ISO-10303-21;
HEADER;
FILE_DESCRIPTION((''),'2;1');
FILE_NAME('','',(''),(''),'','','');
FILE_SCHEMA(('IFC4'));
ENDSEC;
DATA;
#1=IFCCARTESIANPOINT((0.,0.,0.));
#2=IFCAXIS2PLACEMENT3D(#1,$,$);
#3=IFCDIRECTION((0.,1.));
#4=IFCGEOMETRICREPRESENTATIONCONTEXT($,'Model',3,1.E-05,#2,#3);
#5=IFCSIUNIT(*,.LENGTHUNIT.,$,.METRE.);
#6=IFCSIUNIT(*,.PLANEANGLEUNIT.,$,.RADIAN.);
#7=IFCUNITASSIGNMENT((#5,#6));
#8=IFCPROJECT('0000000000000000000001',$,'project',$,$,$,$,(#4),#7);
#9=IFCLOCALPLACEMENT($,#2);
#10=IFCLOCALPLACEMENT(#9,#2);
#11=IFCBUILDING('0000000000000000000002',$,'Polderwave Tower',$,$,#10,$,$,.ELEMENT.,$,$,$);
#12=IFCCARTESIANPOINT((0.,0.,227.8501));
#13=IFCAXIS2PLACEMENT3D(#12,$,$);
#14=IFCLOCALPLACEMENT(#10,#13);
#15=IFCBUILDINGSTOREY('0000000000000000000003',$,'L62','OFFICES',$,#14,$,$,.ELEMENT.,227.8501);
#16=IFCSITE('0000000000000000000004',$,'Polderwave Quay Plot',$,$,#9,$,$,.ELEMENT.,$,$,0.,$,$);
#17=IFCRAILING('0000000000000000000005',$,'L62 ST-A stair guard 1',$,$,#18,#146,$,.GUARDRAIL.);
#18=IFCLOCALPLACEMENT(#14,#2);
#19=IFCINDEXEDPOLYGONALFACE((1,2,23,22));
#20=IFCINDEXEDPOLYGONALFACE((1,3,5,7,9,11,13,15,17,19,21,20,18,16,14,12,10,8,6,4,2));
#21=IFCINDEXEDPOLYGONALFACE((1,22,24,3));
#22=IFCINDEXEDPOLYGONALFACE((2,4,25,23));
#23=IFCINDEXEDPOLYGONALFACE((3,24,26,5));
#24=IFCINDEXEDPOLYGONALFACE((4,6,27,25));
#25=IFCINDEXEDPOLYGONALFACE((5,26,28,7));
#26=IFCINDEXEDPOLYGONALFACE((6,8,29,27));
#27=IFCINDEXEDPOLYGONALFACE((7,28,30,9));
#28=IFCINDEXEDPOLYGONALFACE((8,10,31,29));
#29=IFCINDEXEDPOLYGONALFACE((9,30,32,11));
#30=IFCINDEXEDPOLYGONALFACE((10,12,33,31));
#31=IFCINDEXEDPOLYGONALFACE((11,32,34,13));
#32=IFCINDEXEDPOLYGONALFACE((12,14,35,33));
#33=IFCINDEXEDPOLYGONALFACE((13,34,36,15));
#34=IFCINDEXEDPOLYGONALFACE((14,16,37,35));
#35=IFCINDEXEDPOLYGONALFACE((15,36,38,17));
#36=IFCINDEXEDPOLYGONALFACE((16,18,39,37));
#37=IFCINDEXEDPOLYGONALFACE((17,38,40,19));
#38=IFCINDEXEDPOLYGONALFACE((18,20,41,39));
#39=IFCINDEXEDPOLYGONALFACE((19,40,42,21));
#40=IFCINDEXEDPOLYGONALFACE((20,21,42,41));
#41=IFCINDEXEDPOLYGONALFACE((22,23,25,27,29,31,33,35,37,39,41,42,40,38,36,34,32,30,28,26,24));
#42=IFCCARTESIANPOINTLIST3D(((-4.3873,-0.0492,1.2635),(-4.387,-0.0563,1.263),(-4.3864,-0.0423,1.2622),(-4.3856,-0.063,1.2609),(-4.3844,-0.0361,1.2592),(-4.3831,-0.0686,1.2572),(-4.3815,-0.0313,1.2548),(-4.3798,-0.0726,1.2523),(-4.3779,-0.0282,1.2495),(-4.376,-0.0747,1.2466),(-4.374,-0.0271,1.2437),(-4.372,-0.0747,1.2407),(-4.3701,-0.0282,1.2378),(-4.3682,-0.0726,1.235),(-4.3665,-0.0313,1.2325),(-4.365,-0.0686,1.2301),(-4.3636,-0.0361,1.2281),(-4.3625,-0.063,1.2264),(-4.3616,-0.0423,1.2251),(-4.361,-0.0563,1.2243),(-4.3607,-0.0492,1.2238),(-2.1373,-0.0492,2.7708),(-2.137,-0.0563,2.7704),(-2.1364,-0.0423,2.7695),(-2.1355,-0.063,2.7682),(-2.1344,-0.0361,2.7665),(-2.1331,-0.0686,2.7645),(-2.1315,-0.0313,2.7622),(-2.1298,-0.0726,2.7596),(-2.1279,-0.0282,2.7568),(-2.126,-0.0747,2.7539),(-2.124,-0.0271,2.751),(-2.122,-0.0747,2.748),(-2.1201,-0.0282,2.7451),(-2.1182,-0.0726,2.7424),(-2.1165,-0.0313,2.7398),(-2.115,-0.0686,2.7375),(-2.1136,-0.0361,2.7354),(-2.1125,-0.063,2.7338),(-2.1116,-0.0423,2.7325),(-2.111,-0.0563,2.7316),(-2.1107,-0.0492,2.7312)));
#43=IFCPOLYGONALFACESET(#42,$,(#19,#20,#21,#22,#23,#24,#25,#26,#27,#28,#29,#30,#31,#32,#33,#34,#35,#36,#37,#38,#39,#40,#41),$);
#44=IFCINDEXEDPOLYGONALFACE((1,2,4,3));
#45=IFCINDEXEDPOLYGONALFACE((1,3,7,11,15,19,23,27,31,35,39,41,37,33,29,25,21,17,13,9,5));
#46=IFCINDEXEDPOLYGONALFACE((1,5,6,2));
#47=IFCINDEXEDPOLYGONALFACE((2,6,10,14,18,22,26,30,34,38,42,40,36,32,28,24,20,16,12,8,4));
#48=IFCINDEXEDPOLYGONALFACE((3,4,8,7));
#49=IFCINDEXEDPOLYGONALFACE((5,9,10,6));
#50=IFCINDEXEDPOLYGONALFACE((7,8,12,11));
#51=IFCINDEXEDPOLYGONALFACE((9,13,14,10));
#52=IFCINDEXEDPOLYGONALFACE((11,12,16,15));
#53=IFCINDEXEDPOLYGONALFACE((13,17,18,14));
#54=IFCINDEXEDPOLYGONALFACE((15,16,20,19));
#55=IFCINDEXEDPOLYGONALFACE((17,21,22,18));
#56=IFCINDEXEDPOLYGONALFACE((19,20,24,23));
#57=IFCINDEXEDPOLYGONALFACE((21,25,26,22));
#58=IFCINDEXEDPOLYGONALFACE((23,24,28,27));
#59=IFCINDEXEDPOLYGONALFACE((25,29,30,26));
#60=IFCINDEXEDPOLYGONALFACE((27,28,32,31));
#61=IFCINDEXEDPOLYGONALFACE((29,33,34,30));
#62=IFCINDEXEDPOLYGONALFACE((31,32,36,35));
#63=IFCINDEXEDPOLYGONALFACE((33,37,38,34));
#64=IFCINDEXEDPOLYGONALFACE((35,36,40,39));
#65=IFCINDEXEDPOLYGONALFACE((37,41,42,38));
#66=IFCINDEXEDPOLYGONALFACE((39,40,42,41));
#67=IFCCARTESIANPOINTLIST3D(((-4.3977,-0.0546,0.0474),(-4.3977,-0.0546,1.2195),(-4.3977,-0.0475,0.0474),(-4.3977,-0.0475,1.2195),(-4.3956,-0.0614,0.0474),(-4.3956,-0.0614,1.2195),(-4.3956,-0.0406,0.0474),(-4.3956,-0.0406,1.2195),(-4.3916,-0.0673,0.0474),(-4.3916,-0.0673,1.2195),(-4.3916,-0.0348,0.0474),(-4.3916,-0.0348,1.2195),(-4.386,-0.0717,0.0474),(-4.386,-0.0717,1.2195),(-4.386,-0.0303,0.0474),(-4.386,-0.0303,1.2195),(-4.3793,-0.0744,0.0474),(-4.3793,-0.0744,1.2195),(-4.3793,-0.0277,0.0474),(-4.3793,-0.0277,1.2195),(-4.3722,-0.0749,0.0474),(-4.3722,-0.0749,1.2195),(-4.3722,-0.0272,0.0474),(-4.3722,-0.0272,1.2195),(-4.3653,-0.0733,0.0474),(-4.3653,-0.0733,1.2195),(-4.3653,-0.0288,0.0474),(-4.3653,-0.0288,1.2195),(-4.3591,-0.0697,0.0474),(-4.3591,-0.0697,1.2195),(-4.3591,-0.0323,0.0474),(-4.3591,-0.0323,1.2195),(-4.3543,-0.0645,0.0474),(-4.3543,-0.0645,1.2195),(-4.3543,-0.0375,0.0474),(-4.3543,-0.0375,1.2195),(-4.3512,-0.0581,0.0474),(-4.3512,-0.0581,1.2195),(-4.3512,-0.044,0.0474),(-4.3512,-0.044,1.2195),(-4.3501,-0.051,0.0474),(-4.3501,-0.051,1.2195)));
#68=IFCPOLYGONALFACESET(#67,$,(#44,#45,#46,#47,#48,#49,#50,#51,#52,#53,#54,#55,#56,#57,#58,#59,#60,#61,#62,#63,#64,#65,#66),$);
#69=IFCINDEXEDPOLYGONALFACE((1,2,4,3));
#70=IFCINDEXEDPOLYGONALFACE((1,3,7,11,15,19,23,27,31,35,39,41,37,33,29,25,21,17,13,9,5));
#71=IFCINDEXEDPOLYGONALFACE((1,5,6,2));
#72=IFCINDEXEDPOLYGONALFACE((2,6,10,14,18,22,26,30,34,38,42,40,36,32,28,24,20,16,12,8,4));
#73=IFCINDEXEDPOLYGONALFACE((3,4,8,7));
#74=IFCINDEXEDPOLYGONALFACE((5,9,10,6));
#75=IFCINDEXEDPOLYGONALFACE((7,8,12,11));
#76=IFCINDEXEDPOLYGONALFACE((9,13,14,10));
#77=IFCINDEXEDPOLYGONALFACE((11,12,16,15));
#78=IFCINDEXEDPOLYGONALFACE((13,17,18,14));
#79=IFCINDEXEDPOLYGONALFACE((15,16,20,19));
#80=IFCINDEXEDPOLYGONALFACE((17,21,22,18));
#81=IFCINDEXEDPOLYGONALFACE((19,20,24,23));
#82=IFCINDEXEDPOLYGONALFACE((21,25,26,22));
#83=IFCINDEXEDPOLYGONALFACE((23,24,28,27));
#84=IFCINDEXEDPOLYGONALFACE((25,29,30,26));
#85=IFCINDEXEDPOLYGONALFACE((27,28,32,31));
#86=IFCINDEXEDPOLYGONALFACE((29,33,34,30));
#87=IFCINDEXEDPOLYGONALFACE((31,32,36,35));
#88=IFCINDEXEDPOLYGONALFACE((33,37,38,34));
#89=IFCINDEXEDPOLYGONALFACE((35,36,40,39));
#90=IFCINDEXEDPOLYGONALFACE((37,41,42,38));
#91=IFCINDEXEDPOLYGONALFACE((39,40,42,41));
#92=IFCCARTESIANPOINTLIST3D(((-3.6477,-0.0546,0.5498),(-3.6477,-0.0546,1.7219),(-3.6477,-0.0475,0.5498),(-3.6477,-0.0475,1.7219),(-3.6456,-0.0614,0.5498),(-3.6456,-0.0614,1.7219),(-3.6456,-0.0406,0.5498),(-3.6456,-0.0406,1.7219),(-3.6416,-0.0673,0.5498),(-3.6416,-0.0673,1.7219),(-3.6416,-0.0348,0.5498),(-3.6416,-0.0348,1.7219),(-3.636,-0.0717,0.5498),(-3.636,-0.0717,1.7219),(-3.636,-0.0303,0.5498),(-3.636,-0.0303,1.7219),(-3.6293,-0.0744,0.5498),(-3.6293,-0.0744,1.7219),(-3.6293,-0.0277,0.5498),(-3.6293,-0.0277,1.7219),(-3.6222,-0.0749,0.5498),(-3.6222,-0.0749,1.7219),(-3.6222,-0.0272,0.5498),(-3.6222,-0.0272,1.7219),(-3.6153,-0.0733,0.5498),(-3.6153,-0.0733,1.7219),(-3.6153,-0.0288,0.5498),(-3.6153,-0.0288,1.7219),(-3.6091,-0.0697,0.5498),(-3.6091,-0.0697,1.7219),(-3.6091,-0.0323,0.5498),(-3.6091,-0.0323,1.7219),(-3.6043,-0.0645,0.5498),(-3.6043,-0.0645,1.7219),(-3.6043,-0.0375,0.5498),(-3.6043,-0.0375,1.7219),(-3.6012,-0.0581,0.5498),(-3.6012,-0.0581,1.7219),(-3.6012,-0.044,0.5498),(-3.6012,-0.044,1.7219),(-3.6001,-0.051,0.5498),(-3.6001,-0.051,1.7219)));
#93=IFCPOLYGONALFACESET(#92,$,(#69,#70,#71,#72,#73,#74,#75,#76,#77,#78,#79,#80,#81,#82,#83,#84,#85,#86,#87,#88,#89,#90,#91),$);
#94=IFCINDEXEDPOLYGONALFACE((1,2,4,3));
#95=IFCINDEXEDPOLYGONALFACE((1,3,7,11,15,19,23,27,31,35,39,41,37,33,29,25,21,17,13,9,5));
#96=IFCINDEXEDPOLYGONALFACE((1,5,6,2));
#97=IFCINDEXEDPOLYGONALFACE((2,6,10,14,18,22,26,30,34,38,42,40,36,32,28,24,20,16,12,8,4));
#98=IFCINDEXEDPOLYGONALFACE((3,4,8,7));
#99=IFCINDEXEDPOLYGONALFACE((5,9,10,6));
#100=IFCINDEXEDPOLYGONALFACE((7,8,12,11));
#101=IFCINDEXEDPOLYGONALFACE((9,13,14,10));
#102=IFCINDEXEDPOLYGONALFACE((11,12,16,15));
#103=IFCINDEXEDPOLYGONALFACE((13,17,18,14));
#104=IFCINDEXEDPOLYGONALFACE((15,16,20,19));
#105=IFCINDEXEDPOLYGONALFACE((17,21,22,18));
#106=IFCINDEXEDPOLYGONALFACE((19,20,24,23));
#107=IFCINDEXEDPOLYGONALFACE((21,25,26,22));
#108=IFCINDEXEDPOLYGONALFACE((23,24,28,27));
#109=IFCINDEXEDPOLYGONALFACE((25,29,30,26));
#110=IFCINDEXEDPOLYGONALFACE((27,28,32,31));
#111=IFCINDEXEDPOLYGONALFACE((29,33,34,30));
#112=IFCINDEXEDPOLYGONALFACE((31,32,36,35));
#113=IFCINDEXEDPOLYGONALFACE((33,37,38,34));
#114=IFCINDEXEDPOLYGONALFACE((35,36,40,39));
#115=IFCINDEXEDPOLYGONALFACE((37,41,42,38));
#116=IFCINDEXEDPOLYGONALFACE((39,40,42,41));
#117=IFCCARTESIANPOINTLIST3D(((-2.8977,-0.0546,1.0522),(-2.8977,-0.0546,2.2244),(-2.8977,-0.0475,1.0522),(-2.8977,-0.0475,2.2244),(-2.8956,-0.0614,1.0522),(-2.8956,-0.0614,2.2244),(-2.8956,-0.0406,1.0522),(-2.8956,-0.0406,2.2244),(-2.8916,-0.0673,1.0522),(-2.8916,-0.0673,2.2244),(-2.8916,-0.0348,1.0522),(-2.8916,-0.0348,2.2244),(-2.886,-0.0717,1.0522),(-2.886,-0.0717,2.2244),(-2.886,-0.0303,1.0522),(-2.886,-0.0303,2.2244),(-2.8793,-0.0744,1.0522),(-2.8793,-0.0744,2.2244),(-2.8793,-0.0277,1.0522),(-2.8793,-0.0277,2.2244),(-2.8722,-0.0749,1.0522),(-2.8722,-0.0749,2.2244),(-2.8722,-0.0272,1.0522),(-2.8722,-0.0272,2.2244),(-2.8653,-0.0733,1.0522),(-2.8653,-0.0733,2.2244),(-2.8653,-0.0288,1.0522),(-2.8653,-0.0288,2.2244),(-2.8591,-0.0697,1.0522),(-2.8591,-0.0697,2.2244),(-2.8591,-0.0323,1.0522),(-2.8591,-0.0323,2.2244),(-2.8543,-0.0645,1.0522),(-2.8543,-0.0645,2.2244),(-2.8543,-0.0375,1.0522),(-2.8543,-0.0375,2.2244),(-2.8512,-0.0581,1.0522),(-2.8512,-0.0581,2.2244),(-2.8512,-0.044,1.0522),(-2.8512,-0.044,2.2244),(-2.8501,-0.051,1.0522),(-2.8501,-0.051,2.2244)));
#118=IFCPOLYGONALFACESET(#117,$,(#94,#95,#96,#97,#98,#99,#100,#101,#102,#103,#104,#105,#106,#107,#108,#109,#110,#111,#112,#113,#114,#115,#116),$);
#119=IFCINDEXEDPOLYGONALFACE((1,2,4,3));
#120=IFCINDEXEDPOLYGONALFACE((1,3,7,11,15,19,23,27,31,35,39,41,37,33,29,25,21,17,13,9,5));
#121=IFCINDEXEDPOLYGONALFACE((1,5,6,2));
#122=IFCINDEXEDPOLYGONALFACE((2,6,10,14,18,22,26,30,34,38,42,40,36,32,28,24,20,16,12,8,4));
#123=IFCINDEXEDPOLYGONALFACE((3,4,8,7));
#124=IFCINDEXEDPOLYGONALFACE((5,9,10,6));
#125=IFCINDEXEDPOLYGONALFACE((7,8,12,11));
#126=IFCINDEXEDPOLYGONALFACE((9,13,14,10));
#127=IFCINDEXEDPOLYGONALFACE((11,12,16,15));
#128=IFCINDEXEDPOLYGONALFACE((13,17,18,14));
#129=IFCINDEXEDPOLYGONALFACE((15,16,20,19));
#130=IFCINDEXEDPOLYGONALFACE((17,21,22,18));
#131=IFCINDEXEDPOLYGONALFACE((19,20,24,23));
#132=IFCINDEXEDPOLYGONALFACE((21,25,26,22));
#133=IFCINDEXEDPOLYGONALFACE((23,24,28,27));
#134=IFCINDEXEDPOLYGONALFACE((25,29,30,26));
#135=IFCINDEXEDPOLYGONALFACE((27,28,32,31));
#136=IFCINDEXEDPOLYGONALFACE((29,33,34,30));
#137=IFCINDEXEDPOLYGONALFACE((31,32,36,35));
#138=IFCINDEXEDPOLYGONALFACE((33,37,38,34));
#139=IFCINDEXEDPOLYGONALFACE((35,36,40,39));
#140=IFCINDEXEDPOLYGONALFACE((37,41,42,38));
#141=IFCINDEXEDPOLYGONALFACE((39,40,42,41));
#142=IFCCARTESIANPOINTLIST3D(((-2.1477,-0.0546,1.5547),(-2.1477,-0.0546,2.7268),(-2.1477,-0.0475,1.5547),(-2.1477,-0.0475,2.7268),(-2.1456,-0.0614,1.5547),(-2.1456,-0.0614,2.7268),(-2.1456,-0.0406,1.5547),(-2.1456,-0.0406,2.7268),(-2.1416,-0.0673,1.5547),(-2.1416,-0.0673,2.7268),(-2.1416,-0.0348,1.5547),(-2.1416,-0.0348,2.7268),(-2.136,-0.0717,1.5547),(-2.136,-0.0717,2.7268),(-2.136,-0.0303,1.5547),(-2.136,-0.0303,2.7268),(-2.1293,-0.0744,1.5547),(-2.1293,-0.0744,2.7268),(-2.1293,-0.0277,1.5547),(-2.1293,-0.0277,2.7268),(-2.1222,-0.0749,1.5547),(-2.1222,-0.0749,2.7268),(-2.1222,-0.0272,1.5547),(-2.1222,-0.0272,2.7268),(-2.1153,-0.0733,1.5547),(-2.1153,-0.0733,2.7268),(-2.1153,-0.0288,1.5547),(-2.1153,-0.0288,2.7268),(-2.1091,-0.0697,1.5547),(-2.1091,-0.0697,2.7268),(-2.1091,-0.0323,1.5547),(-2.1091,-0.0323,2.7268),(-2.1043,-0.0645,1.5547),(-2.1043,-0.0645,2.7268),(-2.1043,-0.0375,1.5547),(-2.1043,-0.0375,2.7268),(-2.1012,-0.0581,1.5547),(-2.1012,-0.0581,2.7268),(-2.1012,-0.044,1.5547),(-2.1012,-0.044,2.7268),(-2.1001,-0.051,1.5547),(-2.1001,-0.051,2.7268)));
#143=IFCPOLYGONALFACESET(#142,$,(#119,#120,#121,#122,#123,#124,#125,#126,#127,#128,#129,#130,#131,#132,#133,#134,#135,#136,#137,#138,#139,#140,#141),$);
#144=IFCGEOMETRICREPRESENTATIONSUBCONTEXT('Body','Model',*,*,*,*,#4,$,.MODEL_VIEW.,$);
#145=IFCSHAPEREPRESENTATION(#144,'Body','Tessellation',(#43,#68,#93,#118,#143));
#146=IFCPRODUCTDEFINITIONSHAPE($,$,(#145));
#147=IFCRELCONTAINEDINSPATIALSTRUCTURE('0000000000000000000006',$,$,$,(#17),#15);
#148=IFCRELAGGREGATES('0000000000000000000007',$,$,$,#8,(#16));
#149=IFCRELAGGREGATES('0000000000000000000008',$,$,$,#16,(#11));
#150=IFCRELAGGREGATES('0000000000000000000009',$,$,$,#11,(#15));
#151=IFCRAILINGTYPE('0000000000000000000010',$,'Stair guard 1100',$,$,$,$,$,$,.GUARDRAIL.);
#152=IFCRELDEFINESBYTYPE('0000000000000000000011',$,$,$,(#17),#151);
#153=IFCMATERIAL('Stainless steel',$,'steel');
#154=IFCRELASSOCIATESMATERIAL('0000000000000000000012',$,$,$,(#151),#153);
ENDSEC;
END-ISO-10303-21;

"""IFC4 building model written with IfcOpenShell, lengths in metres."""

from ifc_helpers import new_model, si_unit, direction, frame, origin, origin_2d, place, context, subcontext, project, spatial, circle, extrude, material, type_object, element, save


model = new_model("IFC4")

# Units and contexts
model_context = context("Model", 3, precision=1e-05, world=origin(), true_north=direction((0.0, 1.0)))
body_context = subcontext(model_context, "Body", "Model", "MODEL_VIEW")
ifc_project = project(units=[si_unit("LENGTHUNIT", "METRE"), si_unit("PLANEANGLEUNIT", "RADIAN")], contexts=[model_context])

# Site, building, storey
site_placement = place(None, origin())
site = spatial("IfcSite", under=ifc_project, at=site_placement, Name="Polderwave Quay Plot", CompositionType="ELEMENT", RefElevation=0.0)
building_placement = place(site_placement, origin())
building = spatial("IfcBuilding", under=site, at=building_placement, Name="Polderwave Tower", CompositionType="ELEMENT")
storey_placement = place(building_placement, frame((0.0, 0.0, 227.8501)))
storey = spatial("IfcBuildingStorey", under=building, at=storey_placement, Name="L62", Description="OFFICES", CompositionType="ELEMENT", Elevation=227.8501)

# Railing
ifc_material_1 = material(Name="Stainless steel", Category="steel")
railing_type_1 = type_object("IfcRailingType", Name="Stair guard 1100", PredefinedType="GUARDRAIL", material=ifc_material_1)
railing_1_placement = place(storey_placement, frame((-4.374, -0.051, 0.0474)))
element("IfcRailing", 1, at=railing_1_placement, inside=storey, type_object=railing_type_1, Name="L62 ST-A stair guard 1", PredefinedType="GUARDRAIL", context=body_context, shape_type="SweptSolid", body=[
    extrude(circle(Radius=0.0239, at=origin_2d()), frame((0.0, 0.0, 1.1963), z_axis=(0.8308, 0.0, 0.556571), x_axis=(0.0, 1.0, 0.0)), (0.0, 0.0, 1.0), 2.7083),
    extrude(circle(Radius=0.0239, at=origin_2d()), origin(), (0.0, 0.0, 1.0), 1.1721),
    extrude(circle(Radius=0.0239, at=origin_2d()), frame((0.75, 0.0, 0.5024)), (0.0, 0.0, 1.0), 1.1721),
    extrude(circle(Radius=0.0239, at=origin_2d()), frame((1.5, 0.0, 1.0049)), (0.0, 0.0, 1.0), 1.1721),
    extrude(circle(Radius=0.0239, at=origin_2d()), frame((2.25, 0.0, 1.5073)), (0.0, 0.0, 1.0), 1.1721),
])

save(model, "model.ifc")
